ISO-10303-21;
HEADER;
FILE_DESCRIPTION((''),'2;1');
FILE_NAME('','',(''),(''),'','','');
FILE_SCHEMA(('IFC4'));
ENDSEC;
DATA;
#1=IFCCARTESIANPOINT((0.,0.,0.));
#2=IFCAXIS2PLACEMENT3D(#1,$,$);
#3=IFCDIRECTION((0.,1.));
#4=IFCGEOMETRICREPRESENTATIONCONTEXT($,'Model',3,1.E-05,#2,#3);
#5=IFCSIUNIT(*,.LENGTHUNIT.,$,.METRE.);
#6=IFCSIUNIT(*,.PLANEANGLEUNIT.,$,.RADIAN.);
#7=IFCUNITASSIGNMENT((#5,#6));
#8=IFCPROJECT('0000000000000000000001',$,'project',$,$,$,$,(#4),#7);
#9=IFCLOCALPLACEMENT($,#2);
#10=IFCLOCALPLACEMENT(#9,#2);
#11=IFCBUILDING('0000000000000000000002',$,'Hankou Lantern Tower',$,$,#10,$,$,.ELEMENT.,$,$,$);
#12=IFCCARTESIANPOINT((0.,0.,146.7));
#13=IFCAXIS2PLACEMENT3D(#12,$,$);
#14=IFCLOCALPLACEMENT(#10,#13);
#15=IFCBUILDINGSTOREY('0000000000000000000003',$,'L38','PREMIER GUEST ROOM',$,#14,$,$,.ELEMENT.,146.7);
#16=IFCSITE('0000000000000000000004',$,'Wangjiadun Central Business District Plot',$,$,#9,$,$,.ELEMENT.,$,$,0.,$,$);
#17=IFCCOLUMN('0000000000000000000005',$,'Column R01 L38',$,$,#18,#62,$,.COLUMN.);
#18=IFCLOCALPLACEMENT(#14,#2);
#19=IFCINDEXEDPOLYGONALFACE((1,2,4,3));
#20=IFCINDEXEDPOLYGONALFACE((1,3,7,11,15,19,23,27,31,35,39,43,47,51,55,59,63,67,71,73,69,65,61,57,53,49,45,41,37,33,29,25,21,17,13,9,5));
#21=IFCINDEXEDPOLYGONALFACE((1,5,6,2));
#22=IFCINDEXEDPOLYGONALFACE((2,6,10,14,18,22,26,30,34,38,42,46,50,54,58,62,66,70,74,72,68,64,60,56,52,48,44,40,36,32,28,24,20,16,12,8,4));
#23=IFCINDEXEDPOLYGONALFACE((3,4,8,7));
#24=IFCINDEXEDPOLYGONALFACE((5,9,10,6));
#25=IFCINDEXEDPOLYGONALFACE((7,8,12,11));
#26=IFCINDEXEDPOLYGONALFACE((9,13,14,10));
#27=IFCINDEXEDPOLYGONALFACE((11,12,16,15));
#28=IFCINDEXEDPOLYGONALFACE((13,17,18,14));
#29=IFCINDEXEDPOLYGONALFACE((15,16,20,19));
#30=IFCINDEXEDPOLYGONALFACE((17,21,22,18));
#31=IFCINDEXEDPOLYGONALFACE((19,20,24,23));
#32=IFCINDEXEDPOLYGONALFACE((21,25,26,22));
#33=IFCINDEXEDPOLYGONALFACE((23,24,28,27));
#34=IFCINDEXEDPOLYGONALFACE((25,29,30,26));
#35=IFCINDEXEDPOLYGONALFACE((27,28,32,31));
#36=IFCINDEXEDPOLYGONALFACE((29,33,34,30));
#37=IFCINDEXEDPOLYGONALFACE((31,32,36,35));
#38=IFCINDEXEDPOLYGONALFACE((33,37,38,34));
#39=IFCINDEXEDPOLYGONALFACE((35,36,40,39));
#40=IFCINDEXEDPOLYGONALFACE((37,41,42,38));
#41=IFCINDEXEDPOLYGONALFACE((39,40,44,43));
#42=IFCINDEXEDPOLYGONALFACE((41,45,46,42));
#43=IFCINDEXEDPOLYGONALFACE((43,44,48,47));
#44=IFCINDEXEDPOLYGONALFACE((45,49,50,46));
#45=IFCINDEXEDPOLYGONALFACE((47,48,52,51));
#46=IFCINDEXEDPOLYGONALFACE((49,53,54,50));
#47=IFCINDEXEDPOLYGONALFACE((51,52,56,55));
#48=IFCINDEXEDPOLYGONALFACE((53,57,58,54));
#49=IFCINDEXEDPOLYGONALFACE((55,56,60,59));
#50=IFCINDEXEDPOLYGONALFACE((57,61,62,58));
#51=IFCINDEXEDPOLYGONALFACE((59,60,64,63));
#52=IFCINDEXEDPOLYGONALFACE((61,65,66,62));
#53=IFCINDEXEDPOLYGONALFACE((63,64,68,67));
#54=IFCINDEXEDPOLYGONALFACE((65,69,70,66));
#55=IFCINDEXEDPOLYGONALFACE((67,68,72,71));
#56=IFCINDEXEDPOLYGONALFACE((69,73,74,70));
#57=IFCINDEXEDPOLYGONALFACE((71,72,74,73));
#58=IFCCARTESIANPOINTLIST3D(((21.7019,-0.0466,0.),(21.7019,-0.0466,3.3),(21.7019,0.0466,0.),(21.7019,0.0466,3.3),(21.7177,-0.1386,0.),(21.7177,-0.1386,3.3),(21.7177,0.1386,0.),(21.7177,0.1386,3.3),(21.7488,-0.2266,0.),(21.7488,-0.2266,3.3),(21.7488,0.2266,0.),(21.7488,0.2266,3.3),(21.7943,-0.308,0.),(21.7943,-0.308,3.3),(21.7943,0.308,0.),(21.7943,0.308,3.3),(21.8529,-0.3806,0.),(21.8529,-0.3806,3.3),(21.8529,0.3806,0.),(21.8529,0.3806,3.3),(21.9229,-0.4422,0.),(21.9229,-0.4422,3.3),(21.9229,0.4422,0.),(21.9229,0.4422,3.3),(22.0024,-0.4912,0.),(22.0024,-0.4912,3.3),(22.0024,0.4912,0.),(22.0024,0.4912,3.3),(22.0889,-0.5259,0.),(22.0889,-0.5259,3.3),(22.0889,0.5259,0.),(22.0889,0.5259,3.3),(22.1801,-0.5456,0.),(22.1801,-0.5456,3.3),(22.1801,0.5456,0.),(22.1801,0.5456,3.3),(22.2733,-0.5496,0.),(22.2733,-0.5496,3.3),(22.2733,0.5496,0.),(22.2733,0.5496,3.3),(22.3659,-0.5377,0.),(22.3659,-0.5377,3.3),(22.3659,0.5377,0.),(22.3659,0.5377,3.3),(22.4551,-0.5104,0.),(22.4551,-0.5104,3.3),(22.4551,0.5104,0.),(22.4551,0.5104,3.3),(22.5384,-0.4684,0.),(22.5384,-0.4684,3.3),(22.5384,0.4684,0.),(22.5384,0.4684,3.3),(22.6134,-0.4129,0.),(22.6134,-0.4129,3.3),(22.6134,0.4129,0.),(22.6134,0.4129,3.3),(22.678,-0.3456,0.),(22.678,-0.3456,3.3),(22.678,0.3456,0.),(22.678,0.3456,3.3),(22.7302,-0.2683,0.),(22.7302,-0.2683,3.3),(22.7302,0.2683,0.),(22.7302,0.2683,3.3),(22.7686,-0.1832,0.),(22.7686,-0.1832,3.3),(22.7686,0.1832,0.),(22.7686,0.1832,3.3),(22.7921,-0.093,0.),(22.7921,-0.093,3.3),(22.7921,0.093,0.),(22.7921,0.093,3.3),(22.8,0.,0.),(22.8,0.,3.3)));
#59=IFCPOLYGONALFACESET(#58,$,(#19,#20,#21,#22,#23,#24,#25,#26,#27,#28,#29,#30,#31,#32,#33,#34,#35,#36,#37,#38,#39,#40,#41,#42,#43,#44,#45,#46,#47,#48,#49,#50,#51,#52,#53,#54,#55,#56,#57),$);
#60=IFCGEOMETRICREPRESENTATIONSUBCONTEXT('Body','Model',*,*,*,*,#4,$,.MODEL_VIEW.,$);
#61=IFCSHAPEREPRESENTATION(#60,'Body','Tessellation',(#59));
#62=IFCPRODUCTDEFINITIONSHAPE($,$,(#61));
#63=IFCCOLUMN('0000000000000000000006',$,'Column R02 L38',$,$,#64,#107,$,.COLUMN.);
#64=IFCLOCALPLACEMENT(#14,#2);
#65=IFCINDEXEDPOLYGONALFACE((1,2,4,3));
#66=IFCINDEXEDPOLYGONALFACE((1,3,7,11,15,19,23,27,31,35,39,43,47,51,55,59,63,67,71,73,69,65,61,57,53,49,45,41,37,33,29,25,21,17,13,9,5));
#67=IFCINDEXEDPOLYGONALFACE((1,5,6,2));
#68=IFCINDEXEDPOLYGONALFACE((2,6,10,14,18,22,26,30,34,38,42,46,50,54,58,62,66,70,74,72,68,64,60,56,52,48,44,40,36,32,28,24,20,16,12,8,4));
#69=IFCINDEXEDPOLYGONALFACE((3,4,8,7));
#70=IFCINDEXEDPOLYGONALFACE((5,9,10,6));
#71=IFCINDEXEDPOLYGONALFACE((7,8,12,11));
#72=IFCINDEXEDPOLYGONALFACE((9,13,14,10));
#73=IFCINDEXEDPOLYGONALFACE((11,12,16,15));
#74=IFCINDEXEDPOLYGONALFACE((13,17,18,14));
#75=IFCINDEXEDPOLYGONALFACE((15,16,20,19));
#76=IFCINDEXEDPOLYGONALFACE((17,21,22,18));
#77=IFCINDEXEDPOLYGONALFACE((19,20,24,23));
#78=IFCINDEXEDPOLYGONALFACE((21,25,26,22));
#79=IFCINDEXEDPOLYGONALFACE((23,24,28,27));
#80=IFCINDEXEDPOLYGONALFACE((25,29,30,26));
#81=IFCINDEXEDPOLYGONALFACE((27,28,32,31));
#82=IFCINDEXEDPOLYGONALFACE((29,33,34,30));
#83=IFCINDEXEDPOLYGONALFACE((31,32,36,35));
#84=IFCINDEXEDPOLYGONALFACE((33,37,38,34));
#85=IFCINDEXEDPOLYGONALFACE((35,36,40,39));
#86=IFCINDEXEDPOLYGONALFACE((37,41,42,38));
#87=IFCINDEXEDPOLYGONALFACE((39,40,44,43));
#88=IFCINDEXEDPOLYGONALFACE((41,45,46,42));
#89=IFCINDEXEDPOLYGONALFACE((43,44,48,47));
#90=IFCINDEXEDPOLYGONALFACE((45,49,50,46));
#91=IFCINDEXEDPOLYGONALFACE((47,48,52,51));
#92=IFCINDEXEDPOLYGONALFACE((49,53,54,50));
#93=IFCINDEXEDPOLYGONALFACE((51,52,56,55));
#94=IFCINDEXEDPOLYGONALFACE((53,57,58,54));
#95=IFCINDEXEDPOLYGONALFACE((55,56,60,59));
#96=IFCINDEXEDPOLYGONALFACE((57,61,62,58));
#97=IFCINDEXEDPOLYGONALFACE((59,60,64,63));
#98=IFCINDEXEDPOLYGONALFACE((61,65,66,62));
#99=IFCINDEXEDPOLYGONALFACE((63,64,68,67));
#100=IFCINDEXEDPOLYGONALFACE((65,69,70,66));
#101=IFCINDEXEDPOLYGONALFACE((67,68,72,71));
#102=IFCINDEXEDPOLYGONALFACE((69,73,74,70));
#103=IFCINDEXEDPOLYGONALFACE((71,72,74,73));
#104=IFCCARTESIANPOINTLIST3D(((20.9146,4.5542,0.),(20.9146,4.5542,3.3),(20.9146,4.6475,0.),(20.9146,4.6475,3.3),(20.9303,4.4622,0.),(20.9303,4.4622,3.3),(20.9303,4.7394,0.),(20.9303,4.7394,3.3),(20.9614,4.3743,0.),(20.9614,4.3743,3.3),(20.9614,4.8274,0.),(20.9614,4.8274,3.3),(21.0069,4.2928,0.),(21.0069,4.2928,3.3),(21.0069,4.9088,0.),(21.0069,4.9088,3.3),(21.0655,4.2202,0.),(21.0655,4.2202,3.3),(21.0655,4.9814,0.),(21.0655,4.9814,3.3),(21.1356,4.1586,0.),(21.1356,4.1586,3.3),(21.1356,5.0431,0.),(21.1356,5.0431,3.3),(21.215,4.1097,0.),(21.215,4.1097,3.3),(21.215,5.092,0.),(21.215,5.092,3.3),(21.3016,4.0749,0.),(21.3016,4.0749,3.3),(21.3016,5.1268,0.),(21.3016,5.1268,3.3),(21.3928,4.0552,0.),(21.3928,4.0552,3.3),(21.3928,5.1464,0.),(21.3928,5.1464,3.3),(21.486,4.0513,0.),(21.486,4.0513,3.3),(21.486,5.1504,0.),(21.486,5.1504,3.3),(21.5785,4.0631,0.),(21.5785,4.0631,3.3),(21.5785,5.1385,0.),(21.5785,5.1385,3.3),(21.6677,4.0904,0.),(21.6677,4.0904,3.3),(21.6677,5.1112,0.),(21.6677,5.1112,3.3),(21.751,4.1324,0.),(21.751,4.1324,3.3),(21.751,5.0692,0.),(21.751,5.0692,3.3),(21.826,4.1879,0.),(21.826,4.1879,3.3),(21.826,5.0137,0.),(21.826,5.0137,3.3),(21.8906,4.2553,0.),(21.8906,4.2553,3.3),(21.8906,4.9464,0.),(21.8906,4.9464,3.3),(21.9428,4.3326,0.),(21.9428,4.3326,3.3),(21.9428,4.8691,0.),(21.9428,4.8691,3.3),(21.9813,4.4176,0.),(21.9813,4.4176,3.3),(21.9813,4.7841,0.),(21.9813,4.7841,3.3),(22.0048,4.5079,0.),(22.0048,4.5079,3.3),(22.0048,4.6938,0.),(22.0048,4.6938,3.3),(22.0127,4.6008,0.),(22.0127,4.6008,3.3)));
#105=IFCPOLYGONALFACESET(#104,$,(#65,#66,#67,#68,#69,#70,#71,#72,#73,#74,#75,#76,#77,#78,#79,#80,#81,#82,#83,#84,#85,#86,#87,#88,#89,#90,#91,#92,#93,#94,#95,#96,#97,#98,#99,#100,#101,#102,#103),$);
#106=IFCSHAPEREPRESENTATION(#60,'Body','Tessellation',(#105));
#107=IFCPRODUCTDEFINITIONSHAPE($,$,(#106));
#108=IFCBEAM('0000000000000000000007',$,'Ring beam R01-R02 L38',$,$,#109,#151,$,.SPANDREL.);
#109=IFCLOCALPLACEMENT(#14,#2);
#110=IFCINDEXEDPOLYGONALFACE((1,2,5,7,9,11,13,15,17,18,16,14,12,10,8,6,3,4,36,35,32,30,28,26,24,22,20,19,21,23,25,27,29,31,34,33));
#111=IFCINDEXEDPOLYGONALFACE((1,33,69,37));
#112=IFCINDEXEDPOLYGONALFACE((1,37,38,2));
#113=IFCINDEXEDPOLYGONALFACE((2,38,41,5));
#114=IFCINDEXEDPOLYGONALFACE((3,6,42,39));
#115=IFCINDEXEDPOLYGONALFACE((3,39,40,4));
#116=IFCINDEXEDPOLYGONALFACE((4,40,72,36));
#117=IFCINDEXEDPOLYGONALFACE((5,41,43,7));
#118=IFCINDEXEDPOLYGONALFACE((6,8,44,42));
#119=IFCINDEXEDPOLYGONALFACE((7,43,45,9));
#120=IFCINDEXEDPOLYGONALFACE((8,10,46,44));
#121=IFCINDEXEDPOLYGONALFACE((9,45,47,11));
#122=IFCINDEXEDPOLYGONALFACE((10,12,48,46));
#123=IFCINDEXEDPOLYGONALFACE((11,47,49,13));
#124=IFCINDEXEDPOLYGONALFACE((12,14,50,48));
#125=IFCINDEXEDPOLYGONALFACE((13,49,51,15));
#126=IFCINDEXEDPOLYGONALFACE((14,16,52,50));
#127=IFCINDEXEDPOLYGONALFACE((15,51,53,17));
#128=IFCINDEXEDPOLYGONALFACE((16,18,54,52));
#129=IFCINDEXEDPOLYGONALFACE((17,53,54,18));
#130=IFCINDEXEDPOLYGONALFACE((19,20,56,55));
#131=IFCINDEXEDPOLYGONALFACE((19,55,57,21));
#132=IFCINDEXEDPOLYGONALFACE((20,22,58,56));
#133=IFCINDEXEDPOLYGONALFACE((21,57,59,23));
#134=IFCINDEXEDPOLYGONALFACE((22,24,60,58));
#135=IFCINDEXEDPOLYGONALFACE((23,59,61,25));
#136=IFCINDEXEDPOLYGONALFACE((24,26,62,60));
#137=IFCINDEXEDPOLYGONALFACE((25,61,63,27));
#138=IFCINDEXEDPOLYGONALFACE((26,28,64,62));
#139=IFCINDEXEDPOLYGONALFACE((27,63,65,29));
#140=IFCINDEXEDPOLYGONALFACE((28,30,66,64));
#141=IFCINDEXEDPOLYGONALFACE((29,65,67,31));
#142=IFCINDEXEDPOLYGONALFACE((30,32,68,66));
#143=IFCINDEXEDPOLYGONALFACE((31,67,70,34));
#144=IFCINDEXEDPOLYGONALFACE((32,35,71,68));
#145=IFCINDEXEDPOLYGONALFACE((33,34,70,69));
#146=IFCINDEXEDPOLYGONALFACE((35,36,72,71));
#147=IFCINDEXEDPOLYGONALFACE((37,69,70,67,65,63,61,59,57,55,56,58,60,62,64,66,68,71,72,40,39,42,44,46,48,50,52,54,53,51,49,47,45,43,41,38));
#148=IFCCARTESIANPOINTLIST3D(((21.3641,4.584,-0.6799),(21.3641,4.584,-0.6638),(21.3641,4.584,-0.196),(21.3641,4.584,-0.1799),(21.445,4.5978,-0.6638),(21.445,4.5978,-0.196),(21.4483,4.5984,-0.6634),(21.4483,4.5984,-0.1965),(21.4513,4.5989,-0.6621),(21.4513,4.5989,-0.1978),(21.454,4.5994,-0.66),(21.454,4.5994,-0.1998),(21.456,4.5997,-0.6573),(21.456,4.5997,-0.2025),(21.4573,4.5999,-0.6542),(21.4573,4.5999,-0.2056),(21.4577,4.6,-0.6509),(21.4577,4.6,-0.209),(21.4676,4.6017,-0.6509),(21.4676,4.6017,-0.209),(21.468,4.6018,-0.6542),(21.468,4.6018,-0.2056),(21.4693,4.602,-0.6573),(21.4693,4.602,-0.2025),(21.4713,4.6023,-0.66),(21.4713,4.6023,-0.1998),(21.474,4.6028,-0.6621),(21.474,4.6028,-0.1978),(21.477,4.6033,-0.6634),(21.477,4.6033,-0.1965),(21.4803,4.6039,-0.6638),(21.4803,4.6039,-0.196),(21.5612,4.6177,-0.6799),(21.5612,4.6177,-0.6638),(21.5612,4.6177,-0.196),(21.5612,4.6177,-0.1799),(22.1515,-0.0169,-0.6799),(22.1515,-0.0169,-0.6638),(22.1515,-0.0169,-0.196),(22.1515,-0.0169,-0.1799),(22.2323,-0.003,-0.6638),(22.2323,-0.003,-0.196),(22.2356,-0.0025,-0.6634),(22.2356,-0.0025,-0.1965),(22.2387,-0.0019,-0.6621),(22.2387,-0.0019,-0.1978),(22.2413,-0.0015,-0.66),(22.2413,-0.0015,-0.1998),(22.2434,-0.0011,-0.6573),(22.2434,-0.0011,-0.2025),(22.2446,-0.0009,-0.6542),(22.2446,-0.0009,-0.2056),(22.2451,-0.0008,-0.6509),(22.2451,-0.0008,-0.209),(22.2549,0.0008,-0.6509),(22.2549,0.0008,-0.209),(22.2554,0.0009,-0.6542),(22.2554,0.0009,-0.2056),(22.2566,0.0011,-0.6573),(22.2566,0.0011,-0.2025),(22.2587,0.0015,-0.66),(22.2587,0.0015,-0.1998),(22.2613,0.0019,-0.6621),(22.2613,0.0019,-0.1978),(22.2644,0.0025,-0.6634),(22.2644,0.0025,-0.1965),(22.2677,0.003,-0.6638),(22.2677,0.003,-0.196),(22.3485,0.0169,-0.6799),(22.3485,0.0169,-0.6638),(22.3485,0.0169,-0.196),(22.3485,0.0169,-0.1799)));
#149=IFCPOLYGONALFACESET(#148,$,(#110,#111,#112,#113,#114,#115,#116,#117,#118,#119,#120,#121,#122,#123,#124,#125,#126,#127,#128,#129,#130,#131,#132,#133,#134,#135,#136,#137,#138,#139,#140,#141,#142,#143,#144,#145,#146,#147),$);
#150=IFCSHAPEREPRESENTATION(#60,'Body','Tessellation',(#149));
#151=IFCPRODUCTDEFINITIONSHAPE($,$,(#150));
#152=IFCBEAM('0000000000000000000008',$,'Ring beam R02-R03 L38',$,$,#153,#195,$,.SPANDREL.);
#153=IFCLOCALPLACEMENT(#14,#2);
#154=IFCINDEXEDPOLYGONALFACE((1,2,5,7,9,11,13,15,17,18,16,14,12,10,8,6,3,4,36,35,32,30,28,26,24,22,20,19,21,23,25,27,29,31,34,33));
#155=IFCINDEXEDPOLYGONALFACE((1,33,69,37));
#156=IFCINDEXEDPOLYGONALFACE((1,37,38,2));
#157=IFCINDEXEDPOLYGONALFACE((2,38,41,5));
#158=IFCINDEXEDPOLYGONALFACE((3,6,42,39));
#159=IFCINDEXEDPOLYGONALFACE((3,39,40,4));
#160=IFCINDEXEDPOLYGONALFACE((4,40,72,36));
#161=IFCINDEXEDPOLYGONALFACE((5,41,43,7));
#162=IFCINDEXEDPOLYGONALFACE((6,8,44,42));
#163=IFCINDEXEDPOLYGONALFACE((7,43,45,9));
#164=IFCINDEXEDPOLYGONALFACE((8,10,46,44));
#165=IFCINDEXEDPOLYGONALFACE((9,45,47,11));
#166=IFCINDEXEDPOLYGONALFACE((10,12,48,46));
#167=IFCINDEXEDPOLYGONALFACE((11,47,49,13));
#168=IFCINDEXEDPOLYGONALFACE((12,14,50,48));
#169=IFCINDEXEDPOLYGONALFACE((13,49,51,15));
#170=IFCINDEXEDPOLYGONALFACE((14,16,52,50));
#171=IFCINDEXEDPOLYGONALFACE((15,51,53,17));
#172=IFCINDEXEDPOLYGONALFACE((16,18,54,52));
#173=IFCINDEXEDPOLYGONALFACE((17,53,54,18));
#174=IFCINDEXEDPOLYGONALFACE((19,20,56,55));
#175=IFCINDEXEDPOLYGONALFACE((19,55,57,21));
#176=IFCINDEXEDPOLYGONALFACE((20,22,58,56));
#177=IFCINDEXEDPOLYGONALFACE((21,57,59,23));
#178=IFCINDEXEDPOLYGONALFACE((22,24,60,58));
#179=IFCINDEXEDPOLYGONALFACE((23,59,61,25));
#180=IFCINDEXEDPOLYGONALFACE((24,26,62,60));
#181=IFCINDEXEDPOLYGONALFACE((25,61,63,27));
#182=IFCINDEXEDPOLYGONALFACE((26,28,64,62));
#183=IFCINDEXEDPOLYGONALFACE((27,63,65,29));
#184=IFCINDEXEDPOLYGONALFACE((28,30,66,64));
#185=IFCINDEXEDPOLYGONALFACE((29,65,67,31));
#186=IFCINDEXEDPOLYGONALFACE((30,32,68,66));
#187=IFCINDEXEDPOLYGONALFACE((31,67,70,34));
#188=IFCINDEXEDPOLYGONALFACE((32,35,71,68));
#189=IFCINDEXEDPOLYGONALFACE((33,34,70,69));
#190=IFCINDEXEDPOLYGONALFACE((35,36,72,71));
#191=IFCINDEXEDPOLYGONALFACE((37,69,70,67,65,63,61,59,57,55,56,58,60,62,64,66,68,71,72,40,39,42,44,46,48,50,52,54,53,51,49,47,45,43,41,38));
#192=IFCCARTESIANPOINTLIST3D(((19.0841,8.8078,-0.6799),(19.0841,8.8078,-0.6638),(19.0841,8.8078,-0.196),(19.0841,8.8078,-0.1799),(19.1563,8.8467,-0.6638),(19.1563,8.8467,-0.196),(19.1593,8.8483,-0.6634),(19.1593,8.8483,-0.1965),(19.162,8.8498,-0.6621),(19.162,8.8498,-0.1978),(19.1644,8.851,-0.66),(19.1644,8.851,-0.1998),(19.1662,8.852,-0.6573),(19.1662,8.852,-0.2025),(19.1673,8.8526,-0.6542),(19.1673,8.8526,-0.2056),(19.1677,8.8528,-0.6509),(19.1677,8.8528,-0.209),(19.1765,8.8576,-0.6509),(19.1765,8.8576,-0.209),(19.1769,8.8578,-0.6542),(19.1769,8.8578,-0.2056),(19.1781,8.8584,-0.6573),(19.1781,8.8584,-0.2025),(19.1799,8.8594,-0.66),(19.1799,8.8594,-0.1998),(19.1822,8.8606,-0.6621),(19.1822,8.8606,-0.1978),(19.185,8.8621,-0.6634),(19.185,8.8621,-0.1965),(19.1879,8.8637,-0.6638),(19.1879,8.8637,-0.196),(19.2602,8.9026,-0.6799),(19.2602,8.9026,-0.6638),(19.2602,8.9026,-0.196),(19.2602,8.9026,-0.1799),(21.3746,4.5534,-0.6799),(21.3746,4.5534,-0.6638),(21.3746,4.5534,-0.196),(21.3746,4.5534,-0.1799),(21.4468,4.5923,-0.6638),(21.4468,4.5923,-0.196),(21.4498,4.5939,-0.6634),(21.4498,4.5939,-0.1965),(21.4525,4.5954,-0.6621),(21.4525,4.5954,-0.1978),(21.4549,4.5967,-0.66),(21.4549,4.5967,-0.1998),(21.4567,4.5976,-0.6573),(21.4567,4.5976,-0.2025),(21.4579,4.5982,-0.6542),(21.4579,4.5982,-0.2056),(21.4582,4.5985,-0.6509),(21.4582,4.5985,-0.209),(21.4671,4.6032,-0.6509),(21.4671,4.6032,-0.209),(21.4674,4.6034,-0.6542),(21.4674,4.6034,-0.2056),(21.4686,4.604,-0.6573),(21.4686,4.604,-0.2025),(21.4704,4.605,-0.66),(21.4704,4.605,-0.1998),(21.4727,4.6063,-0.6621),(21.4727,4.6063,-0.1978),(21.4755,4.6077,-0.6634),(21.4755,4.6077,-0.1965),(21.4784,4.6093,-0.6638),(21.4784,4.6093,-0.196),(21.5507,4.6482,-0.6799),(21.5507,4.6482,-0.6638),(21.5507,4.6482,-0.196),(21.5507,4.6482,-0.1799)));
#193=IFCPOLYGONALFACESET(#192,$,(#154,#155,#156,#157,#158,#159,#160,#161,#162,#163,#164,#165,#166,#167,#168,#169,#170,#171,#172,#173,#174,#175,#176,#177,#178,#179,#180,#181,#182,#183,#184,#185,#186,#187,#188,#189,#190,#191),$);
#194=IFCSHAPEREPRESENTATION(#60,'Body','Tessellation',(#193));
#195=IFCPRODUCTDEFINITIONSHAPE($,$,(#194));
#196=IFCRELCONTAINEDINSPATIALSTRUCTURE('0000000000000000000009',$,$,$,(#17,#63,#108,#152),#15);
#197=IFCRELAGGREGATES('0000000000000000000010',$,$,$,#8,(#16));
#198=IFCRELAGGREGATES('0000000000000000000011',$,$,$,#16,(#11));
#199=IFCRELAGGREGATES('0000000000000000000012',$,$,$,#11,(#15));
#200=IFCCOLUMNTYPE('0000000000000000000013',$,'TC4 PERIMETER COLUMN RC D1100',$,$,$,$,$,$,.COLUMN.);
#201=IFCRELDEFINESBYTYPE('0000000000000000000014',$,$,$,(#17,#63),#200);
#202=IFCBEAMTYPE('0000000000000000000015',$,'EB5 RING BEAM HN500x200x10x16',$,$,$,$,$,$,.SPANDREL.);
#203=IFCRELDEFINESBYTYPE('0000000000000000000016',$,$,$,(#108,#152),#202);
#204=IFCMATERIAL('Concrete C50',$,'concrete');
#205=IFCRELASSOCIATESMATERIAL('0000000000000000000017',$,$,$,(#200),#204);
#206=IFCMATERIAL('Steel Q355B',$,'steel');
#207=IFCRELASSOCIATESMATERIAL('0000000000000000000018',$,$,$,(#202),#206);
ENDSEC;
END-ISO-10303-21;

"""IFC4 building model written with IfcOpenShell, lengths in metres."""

from ifc_helpers import new_model, si_unit, direction, frame, origin, origin_2d, place, context, subcontext, project, spatial, circle, i_section, extrude, material, material_profile, profile_set, type_object, element, save


model = new_model("IFC4")

# Units and contexts
model_context = context("Model", 3, precision=1e-05, world=origin(), true_north=direction((0.0, 1.0)))
body_context = subcontext(model_context, "Body", "Model", "MODEL_VIEW")
ifc_project = project(units=[si_unit("LENGTHUNIT", "METRE"), si_unit("PLANEANGLEUNIT", "RADIAN")], contexts=[model_context])

# Site, building, storey
site_placement = place(None, origin())
site = spatial("IfcSite", under=ifc_project, at=site_placement, Name="Wangjiadun Central Business District Plot", CompositionType="ELEMENT", RefElevation=0.0)
building_placement = place(site_placement, origin())
building = spatial("IfcBuilding", under=site, at=building_placement, Name="Hankou Lantern Tower", CompositionType="ELEMENT")
storey_placement = place(building_placement, frame((0.0, 0.0, 146.7)))
storey = spatial("IfcBuildingStorey", under=building, at=storey_placement, Name="L38", Description="PREMIER GUEST ROOM", CompositionType="ELEMENT", Elevation=146.7)

# Columns
ifc_material_1 = material(Name="Concrete C50", Category="concrete")
ifc_material_profile_1 = material_profile(ifc_material_1, circle(Radius=0.55, at=origin_2d()), Name="RC D1100")
ifc_profile_set_1 = profile_set([ifc_material_profile_1], Name="Concrete C50")
column_type = type_object("IfcColumnType", Name="TC4 PERIMETER COLUMN RC D1100", PredefinedType="COLUMN", material=ifc_profile_set_1)
for number, where, z_axis, x_axis, name in (
    (1, (22.25, 0.0, 0.0), (0.0, 0.0, 1.0), (1.0, 0.0, 0.0), "Column R01 L38"),
    (2, (21.4626, 4.6008, 0.0), (0.0, 0.0, 1.0), (1.0, 0.0, 0.0), "Column R02 L38"),
):
    element("IfcColumn", number, at=place(storey_placement, frame(where, z_axis=z_axis, x_axis=x_axis)), inside=storey, type_object=column_type, Name=name, PredefinedType="COLUMN", context=body_context, shape_type="SweptSolid", body=[
        extrude(circle(Radius=0.55, at=origin_2d()), origin(), (0.0, 0.0, 1.0), 3.3),
    ])

# Beams
ifc_material_2 = material(Name="Steel Q355B", Category="steel")
ifc_material_profile_2 = material_profile(ifc_material_2, i_section(OverallWidth=0.2, OverallDepth=0.5, WebThickness=0.01, FlangeThickness=0.0161, FilletRadius=0.0129, at=origin_2d()), Name="HN500x200x10x16")
ifc_profile_set_2 = profile_set([ifc_material_profile_2], Name="Steel Q355B")
beam_type = type_object("IfcBeamType", Name="EB5 RING BEAM HN500x200x10x16", PredefinedType="SPANDREL", material=ifc_profile_set_2)
beam_1_placement = place(storey_placement, frame((22.25, 0.0, -0.4299), z_axis=(-0.168681, 0.985671, 0.0), x_axis=(-0.985671, -0.168681, 0.0)))
element("IfcBeam", 3, at=beam_1_placement, inside=storey, type_object=beam_type, Name="Ring beam R01-R02 L38", PredefinedType="SPANDREL", context=body_context, shape_type="SweptSolid", body=[
    extrude(i_section(OverallWidth=0.2, OverallDepth=0.5, WebThickness=0.01, FlangeThickness=0.0161, FilletRadius=0.0129, at=origin_2d()), origin(), (0.0, 0.0, 1.0), 4.6677),
])
beam_2_placement = place(storey_placement, frame((21.4626, 4.6008, -0.4299), z_axis=(-0.474052, 0.880497, 0.0), x_axis=(-0.880497, -0.474052, 0.0)))
element("IfcBeam", 4, at=beam_2_placement, inside=storey, type_object=beam_type, Name="Ring beam R02-R03 L38", PredefinedType="SPANDREL", context=body_context, shape_type="SweptSolid", body=[
    extrude(i_section(OverallWidth=0.2, OverallDepth=0.5, WebThickness=0.01, FlangeThickness=0.0161, FilletRadius=0.0129, at=origin_2d()), origin(), (0.0, 0.0, 1.0), 4.8318),
])

save(model, "model.ifc")
